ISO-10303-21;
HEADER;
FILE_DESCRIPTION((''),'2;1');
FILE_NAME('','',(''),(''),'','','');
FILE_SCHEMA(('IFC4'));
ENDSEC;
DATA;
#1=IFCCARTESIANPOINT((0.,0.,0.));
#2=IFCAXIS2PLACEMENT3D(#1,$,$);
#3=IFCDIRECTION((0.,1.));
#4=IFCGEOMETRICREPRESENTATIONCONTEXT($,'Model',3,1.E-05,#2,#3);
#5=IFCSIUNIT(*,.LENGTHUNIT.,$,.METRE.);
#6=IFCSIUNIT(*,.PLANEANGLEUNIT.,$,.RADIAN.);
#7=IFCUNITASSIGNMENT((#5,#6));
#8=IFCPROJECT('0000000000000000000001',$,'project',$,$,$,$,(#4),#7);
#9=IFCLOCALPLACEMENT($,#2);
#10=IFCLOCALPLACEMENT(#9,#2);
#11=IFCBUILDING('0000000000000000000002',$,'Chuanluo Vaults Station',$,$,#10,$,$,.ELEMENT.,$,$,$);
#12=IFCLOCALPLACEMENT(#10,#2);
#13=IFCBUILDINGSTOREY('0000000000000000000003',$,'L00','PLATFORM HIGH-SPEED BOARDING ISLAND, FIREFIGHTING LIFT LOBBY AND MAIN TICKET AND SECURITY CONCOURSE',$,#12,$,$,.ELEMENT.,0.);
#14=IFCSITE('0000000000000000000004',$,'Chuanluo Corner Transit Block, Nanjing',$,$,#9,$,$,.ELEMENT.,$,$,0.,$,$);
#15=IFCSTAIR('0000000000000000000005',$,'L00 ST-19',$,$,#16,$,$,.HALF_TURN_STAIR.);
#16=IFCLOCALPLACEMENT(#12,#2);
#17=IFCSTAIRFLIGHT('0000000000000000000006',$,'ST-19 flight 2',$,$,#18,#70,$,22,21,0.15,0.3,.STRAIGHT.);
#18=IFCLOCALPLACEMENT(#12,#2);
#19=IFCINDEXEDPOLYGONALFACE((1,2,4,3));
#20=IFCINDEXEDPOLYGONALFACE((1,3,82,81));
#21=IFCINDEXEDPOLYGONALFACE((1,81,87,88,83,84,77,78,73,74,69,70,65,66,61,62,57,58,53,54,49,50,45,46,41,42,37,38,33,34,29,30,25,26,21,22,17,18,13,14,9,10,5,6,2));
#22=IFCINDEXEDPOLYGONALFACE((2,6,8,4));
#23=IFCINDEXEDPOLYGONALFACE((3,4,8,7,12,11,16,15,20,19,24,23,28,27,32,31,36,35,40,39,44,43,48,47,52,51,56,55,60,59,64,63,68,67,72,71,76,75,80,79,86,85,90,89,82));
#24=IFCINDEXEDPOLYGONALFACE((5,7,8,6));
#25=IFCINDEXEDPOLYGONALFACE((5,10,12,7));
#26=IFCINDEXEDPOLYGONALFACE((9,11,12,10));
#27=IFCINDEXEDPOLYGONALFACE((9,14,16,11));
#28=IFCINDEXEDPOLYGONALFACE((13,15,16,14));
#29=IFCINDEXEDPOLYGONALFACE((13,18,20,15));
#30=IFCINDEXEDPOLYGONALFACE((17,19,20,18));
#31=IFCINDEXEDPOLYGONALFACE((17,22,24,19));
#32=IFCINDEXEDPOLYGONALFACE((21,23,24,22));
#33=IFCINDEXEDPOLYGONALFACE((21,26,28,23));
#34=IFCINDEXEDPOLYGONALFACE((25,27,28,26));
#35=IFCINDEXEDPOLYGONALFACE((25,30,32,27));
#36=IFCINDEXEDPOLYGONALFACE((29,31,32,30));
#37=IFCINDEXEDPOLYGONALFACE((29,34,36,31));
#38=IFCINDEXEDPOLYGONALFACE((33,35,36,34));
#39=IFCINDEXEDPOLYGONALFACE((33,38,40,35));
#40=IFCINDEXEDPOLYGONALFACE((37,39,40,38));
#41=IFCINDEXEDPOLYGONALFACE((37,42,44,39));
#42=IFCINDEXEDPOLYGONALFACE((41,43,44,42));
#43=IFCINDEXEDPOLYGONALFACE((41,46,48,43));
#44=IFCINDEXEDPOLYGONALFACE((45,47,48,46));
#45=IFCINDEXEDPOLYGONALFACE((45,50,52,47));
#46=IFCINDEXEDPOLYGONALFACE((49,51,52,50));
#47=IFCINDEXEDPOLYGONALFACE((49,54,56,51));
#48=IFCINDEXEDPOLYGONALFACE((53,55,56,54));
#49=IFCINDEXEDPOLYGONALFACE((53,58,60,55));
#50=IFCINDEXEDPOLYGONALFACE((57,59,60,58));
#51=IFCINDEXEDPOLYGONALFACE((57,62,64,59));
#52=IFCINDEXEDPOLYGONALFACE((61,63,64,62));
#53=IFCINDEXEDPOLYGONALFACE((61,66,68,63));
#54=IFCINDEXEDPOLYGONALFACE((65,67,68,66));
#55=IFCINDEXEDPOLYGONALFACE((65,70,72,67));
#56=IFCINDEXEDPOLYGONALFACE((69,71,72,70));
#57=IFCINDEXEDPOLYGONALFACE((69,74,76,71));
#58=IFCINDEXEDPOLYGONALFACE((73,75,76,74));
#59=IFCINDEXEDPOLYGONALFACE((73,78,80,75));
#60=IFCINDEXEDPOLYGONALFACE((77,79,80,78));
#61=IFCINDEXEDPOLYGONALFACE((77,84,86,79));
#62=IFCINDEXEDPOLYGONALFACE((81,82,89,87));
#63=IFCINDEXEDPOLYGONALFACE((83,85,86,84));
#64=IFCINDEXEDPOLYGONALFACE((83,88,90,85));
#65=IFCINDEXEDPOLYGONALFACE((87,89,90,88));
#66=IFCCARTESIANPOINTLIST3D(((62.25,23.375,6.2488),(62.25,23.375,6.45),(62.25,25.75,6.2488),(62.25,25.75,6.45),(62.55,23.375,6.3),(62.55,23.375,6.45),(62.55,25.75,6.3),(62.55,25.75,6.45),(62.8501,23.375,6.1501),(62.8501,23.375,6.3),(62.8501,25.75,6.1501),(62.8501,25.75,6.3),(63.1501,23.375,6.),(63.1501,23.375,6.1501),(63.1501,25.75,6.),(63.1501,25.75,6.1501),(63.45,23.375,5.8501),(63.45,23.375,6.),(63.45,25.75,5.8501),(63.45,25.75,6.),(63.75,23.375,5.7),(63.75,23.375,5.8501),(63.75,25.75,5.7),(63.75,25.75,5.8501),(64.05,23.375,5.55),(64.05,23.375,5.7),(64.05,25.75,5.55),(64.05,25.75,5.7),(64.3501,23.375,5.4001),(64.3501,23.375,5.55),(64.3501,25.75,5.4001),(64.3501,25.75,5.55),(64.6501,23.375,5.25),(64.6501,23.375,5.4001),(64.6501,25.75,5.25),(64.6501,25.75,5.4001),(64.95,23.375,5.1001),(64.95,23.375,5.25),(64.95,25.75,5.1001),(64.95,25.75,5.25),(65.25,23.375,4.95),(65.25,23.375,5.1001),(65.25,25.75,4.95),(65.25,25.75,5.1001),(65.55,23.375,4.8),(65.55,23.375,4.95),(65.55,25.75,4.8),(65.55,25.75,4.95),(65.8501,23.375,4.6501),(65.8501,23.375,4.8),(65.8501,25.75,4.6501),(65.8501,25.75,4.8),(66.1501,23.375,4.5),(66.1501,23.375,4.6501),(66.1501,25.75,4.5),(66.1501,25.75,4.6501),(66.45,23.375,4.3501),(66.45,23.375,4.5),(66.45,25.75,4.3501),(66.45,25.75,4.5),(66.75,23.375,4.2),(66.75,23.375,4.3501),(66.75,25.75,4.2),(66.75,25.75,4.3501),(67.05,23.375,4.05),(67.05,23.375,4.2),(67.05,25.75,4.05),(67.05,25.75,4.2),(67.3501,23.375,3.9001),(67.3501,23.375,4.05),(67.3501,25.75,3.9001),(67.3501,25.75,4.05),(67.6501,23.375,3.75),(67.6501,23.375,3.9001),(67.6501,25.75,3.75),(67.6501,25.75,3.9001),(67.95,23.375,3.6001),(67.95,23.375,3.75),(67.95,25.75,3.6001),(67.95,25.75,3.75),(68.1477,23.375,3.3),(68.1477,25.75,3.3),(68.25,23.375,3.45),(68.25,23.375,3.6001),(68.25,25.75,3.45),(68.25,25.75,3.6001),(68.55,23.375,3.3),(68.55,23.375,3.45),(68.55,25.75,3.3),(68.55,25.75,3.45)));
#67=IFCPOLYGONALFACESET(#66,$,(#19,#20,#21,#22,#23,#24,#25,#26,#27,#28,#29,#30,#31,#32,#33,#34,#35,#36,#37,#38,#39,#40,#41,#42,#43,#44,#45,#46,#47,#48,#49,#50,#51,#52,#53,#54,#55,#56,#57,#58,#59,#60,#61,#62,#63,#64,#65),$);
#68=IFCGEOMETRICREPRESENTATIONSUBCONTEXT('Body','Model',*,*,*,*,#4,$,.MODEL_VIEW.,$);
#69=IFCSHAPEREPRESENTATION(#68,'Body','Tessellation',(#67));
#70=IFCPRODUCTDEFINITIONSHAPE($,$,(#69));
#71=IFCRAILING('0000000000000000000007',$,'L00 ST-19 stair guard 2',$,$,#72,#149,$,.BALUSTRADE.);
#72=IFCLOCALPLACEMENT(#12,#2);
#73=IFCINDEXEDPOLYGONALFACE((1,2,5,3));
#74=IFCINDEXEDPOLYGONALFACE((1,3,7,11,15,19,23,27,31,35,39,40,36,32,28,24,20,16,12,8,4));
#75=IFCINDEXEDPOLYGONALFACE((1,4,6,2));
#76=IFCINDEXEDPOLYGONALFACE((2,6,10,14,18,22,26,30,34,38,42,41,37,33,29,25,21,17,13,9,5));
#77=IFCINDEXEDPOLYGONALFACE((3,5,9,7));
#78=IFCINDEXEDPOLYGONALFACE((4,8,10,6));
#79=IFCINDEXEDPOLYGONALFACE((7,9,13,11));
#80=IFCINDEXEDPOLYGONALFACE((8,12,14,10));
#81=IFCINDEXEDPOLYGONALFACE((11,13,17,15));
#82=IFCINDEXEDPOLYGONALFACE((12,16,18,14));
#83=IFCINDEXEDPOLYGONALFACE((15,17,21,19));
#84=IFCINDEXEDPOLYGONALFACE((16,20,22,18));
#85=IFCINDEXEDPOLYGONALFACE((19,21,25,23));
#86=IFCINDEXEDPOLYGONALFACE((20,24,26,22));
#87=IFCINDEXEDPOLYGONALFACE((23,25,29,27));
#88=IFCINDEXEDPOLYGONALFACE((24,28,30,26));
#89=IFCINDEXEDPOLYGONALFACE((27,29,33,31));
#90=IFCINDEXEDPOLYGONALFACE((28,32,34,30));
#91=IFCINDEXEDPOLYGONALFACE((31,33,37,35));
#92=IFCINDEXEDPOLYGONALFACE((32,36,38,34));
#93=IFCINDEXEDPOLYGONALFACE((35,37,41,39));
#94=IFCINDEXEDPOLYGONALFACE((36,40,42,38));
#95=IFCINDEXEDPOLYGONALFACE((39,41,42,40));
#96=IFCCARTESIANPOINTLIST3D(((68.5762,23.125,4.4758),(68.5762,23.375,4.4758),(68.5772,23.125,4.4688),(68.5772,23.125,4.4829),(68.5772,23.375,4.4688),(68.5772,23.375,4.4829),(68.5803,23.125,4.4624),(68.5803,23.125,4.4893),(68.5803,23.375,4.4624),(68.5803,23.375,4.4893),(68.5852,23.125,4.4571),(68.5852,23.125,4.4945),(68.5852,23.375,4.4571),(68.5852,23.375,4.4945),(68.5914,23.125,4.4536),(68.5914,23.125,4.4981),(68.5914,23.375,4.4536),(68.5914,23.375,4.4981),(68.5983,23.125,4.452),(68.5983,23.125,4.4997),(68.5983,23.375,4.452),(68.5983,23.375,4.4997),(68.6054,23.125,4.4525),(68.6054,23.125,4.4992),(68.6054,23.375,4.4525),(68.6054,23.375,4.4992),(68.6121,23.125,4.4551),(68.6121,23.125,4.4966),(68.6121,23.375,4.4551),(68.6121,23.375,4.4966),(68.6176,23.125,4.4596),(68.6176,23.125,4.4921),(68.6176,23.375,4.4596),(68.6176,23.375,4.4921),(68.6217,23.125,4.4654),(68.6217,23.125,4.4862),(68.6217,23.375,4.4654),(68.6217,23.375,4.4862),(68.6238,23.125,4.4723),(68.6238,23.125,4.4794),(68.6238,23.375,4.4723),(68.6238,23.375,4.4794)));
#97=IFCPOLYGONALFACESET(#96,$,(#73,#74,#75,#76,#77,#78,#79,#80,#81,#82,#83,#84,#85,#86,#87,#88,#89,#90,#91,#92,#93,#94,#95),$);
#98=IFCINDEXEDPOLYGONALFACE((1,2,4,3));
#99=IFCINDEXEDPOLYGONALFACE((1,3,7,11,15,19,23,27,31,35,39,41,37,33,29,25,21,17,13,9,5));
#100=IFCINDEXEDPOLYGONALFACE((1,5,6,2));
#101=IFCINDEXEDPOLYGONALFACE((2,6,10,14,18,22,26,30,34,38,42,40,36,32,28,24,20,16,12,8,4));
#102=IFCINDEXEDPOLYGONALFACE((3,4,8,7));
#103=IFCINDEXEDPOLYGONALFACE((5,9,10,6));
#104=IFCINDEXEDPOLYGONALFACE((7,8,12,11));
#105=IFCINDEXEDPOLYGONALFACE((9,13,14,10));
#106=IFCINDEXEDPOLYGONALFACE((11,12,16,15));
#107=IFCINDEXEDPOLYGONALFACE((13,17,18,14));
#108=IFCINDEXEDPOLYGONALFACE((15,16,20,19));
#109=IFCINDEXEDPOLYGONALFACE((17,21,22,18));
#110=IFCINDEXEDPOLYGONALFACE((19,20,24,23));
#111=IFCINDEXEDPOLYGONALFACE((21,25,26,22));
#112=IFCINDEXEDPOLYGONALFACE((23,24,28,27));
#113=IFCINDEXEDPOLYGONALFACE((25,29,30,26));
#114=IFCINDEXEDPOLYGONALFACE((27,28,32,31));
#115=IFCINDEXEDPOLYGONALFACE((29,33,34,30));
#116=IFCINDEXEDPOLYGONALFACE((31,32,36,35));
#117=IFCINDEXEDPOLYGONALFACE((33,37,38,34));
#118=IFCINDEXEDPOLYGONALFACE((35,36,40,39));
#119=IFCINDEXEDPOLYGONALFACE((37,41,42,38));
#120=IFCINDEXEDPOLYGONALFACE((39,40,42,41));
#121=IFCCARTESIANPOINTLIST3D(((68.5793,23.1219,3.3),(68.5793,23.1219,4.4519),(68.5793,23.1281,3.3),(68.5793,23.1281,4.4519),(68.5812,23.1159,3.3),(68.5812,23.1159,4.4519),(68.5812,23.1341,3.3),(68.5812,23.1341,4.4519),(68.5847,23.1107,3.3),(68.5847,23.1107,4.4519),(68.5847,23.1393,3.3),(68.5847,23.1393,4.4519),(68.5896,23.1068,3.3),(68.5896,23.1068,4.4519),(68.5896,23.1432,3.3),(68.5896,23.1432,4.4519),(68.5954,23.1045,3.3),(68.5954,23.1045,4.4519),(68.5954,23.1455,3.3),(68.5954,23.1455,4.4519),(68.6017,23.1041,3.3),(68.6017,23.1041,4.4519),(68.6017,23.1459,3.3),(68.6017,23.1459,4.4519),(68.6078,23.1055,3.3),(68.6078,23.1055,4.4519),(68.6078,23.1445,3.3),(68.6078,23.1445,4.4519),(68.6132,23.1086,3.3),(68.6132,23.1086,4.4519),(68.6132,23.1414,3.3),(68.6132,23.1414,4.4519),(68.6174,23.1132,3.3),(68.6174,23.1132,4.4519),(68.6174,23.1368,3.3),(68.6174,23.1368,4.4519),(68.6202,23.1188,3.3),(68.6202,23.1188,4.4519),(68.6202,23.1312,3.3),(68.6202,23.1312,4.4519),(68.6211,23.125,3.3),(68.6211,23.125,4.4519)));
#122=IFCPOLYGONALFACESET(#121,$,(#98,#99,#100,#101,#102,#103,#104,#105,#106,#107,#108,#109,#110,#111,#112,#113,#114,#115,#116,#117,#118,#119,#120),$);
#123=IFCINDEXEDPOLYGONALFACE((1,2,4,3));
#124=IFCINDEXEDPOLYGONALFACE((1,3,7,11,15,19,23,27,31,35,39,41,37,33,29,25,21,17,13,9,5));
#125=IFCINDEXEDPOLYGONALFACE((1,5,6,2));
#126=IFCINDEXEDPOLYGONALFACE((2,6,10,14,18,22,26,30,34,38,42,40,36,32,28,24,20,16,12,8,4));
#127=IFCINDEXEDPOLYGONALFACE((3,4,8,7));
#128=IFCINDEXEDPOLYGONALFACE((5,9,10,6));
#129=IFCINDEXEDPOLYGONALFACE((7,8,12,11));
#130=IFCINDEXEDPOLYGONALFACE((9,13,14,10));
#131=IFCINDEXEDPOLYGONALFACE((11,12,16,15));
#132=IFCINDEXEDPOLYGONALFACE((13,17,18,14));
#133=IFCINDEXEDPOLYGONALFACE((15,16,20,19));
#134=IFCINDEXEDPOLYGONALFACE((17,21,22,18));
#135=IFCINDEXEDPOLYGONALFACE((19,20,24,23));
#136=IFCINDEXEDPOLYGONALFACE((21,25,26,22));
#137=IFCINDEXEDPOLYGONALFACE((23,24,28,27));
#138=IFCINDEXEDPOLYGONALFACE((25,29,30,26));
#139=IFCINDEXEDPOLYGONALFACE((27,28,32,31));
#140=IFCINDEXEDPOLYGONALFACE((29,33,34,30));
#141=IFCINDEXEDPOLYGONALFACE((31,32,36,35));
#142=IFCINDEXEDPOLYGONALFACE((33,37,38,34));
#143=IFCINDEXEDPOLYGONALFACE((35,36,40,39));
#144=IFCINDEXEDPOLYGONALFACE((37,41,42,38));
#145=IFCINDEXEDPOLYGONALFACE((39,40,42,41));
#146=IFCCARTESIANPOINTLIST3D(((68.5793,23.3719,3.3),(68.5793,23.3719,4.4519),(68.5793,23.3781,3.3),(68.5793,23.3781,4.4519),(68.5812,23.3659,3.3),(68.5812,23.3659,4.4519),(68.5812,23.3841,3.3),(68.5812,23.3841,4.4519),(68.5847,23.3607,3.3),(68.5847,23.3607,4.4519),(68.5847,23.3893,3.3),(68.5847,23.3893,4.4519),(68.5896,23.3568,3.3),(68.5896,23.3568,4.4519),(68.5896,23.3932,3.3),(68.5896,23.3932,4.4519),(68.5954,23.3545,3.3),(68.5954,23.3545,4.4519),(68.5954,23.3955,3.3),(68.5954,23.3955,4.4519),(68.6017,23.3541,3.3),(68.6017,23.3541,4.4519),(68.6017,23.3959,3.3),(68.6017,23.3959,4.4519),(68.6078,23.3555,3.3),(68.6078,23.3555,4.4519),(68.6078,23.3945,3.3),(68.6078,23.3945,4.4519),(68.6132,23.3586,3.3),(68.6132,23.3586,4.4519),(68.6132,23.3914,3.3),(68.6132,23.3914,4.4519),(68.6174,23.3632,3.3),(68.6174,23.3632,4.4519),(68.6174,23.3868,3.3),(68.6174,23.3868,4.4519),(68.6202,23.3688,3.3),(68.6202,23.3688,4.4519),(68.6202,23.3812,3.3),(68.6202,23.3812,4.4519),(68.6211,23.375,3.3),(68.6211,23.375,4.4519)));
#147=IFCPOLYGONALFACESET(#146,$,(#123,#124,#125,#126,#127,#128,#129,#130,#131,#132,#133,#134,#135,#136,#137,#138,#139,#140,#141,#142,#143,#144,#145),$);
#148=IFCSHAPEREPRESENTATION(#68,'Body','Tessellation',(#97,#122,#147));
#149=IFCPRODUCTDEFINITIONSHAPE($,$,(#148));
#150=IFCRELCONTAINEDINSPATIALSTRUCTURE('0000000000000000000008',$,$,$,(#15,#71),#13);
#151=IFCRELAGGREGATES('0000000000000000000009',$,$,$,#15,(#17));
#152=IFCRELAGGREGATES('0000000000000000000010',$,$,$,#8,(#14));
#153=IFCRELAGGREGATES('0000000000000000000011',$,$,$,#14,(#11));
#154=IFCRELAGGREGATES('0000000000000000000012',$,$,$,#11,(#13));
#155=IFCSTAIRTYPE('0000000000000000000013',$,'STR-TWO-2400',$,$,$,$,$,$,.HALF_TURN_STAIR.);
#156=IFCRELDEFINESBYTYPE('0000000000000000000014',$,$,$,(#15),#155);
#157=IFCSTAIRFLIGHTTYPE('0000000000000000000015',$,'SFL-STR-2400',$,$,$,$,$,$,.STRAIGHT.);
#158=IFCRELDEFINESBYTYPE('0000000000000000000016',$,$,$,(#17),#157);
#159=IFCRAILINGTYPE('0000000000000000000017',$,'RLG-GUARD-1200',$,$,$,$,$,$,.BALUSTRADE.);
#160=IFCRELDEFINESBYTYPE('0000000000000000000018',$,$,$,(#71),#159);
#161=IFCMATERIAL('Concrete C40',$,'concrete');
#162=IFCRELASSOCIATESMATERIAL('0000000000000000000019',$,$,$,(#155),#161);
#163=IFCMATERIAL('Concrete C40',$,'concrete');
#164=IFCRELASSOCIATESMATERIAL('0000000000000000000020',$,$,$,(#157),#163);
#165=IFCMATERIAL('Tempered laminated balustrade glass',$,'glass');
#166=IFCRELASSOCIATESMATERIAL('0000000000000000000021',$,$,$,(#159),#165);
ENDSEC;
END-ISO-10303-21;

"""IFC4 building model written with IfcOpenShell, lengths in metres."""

from ifc_helpers import new_model, si_unit, direction, frame, origin, origin_2d, place, context, subcontext, project, spatial, polyline, circle, outline, extrude, material, type_object, element, aggregate, save


model = new_model("IFC4")

# Units and contexts
model_context = context("Model", 3, precision=1e-05, world=origin(), true_north=direction((0.0, 1.0)))
body_context = subcontext(model_context, "Body", "Model", "MODEL_VIEW")
ifc_project = project(units=[si_unit("LENGTHUNIT", "METRE"), si_unit("PLANEANGLEUNIT", "RADIAN")], contexts=[model_context])

# Site, building, storey
site_placement = place(None, origin())
site = spatial("IfcSite", under=ifc_project, at=site_placement, Name="Chuanluo Corner Transit Block, Nanjing", CompositionType="ELEMENT", RefElevation=0.0)
building_placement = place(site_placement, origin())
building = spatial("IfcBuilding", under=site, at=building_placement, Name="Chuanluo Vaults Station", CompositionType="ELEMENT")
storey_placement = place(building_placement, origin())
storey = spatial("IfcBuildingStorey", under=building, at=storey_placement, Name="L00", Description="PLATFORM HIGH-SPEED BOARDING ISLAND, FIREFIGHTING LIFT LOBBY AND MAIN TICKET AND SECURITY CONCOURSE", CompositionType="ELEMENT", Elevation=0.0)

# Stair, stair flight
ifc_material_1 = material(Name="Concrete C40", Category="concrete")
stair_type = type_object("IfcStairType", Name="STR-TWO-2400", PredefinedType="HALF_TURN_STAIR", material=ifc_material_1)
stair_placement = place(storey_placement, origin())
stair = element("IfcStair", 1, at=stair_placement, inside=storey, type_object=stair_type, Name="L00 ST-19", PredefinedType="HALF_TURN_STAIR")
ifc_material_2 = material(Name="Concrete C40", Category="concrete")
stair_flight_type = type_object("IfcStairFlightType", Name="SFL-STR-2400", PredefinedType="STRAIGHT", material=ifc_material_2)
stair_flight_placement = place(storey_placement, frame((68.55, 24.5625, 3.3), z_axis=(0.0, 0.0, 1.0), x_axis=(-1.0, 0.0, 0.0)))
stair_flight = element("IfcStairFlight", 2, at=stair_flight_placement, type_object=stair_flight_type, Name="ST-19 flight 2", NumberOfRisers=22, NumberOfTreads=21, PredefinedType="STRAIGHT", RiserHeight=0.15, TreadLength=0.3, context=body_context, shape_type="SweptSolid", body=[
    extrude(outline(polyline([(0.0, 0.0), (0.0, 0.1499), (0.3, 0.1499), (0.3, 0.3), (0.6001, 0.3), (0.6001, 0.45), (0.8999, 0.45), (0.8999, 0.6001), (1.2, 0.6001), (1.2, 0.75), (1.5, 0.75), (1.5, 0.8999), (1.8, 0.8999), (1.8, 1.05), (2.1001, 1.05), (2.1001, 1.2), (2.3999, 1.2), (2.3999, 1.3501), (2.7, 1.3501), (2.7, 1.5), (3.0, 1.5), (3.0, 1.6499), (3.3, 1.6499), (3.3, 1.8), (3.6001, 1.8), (3.6001, 1.95), (3.8999, 1.95), (3.8999, 2.1001), (4.2, 2.1001), (4.2, 2.25), (4.5, 2.25), (4.5, 2.3999), (4.8, 2.3999), (4.8, 2.55), (5.1001, 2.55), (5.1001, 2.7), (5.3999, 2.7), (5.3999, 2.8501), (5.7, 2.8501), (5.7, 3.0), (6.0, 3.0), (6.0, 3.1499), (6.3, 3.1499), (6.3, 3.3), (6.3, 2.9487), (0.4023, 0.0), (0.0, 0.0)])), frame((0.0, 1.1875, 0.0), z_axis=(0.0, -1.0, 0.0), x_axis=(1.0, 0.0, 0.0)), (0.0, 0.0, 1.0), 2.375),
])
aggregate(stair, [stair_flight])

# Railing
ifc_material_3 = material(Name="Tempered laminated balustrade glass", Category="glass")
railing_type_1 = type_object("IfcRailingType", Name="RLG-GUARD-1200", PredefinedType="BALUSTRADE", material=ifc_material_3)
railing_1_placement = place(storey_placement, frame((68.6001, 23.125, 3.3)))
element("IfcRailing", 3, at=railing_1_placement, inside=storey, type_object=railing_type_1, Name="L00 ST-19 stair guard 2", PredefinedType="BALUSTRADE", context=body_context, shape_type="SweptSolid", body=[
    extrude(circle(Radius=0.0239, at=origin_2d()), frame((0.0, 0.0, 1.1758), z_axis=(0.0, 1.0, 0.0), x_axis=(-1.0, 0.0, 0.0)), (0.0, 0.0, 1.0), 0.25),
    extrude(circle(Radius=0.021, at=origin_2d()), origin(), (0.0, 0.0, 1.0), 1.1519),
    extrude(circle(Radius=0.021, at=origin_2d()), frame((0.0, 0.25, 0.0)), (0.0, 0.0, 1.0), 1.1519),
])

save(model, "model.ifc")
